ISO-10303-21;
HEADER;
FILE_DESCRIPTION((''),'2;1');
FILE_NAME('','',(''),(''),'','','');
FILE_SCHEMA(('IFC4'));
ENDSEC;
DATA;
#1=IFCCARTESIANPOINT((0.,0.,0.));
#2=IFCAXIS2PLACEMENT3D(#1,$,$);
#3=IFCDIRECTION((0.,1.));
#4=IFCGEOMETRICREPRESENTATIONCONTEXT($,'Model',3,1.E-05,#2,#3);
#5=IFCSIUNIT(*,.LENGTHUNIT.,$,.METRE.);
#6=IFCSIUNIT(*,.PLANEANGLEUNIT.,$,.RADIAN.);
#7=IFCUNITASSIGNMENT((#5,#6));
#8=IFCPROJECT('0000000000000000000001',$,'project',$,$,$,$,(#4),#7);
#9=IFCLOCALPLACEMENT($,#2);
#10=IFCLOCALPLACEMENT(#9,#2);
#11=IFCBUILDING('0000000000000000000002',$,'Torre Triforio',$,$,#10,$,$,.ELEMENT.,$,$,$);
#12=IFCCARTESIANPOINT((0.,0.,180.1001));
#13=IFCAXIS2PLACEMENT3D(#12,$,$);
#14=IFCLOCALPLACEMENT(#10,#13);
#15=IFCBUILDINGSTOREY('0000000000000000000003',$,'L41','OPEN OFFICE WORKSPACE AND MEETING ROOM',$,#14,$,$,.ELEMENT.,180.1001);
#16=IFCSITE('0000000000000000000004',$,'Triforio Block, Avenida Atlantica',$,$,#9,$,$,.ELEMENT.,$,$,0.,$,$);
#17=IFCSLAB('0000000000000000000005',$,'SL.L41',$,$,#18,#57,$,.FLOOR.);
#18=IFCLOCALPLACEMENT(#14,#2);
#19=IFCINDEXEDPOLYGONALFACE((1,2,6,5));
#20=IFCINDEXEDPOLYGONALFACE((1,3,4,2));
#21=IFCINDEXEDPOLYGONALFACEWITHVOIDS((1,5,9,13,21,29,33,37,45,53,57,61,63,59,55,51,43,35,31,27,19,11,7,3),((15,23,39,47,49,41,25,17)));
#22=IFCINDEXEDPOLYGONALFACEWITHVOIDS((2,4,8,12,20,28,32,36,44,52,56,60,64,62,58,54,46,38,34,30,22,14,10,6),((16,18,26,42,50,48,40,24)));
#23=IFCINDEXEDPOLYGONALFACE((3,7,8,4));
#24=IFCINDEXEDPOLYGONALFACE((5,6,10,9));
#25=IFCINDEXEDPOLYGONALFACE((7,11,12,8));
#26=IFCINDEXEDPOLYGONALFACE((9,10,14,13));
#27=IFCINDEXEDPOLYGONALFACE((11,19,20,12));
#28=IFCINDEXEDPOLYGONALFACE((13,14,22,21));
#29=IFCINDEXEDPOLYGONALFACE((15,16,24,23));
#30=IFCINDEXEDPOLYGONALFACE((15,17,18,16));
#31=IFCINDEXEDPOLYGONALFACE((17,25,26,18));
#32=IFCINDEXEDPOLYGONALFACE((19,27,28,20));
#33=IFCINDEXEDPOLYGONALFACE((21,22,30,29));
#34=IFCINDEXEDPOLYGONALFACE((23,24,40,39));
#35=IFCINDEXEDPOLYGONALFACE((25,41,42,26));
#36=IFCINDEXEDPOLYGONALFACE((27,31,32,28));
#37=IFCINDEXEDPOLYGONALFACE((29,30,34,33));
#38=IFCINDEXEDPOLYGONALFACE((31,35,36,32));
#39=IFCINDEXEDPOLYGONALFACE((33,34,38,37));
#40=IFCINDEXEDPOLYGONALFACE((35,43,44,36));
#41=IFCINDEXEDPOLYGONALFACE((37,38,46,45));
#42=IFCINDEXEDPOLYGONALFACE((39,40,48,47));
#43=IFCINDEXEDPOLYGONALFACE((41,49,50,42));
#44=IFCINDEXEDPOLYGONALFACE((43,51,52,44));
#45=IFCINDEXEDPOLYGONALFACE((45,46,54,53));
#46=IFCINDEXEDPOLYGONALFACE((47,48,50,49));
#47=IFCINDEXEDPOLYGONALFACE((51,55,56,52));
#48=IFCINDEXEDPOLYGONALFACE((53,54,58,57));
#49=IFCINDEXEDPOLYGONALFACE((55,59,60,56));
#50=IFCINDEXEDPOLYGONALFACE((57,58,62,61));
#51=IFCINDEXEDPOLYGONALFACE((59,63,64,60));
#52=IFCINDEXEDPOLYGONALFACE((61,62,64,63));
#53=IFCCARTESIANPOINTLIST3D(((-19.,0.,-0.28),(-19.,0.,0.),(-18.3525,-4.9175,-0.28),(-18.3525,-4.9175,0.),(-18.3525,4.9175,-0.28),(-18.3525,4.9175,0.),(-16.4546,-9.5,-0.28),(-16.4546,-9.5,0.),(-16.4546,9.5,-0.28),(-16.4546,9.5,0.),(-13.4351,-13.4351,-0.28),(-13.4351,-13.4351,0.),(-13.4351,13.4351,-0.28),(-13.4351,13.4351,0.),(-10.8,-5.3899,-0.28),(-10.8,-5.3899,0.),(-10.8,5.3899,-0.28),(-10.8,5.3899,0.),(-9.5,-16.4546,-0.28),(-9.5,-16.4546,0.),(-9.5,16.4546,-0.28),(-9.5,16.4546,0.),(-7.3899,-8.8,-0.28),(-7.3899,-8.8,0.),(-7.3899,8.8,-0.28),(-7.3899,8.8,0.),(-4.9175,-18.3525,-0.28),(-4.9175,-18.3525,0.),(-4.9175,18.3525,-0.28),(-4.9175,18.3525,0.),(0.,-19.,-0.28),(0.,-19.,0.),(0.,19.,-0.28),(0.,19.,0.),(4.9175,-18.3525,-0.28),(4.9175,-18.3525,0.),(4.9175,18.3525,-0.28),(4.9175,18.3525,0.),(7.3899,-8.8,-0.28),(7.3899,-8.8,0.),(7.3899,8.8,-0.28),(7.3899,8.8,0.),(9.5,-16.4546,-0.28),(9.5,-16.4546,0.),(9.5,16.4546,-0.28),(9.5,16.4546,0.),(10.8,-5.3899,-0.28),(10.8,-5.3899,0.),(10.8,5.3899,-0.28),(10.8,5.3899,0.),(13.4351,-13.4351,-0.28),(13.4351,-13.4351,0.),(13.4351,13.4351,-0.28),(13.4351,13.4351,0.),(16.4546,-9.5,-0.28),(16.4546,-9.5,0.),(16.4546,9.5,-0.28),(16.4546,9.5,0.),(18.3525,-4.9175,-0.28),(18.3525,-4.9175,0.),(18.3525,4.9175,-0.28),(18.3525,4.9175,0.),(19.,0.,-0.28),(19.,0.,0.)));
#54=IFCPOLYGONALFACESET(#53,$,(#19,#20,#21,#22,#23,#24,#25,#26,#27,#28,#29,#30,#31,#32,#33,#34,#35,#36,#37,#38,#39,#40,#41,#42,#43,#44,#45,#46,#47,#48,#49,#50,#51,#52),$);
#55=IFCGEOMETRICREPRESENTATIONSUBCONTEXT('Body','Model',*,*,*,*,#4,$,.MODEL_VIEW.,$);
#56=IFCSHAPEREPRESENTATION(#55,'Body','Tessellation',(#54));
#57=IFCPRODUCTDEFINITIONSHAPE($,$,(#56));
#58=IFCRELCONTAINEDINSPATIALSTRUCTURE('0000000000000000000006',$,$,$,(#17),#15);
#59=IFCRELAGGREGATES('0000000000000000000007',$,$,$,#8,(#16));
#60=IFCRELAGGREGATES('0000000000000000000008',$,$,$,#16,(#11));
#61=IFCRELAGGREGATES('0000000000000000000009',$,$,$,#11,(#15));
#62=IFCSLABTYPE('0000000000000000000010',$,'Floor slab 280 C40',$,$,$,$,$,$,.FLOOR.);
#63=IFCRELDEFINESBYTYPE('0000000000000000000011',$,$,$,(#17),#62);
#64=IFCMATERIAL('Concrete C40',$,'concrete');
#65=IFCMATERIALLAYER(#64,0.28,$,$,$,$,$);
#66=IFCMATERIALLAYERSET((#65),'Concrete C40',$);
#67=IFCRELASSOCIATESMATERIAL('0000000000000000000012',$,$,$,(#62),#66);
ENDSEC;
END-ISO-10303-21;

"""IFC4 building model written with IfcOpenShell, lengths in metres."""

from ifc_helpers import new_model, si_unit, direction, frame, origin, place, context, subcontext, project, spatial, polyline, outline, extrude, material, layer, layer_set, type_object, element, save


model = new_model("IFC4")

# Units and contexts
model_context = context("Model", 3, precision=1e-05, world=origin(), true_north=direction((0.0, 1.0)))
body_context = subcontext(model_context, "Body", "Model", "MODEL_VIEW")
ifc_project = project(units=[si_unit("LENGTHUNIT", "METRE"), si_unit("PLANEANGLEUNIT", "RADIAN")], contexts=[model_context])

# Site, building, storey
site_placement = place(None, origin())
site = spatial("IfcSite", under=ifc_project, at=site_placement, Name="Triforio Block, Avenida Atlantica", CompositionType="ELEMENT", RefElevation=0.0)
building_placement = place(site_placement, origin())
building = spatial("IfcBuilding", under=site, at=building_placement, Name="Torre Triforio", CompositionType="ELEMENT")
storey_placement = place(building_placement, frame((0.0, 0.0, 180.1001)))
storey = spatial("IfcBuildingStorey", under=building, at=storey_placement, Name="L41", Description="OPEN OFFICE WORKSPACE AND MEETING ROOM", CompositionType="ELEMENT", Elevation=180.1001)

# Slab
ifc_material_1 = material(Name="Concrete C40", Category="concrete")
ifc_layer_1 = layer(ifc_material_1, 0.28)
ifc_layer_set_1 = layer_set([ifc_layer_1], Name="Concrete C40")
slab_type_1 = type_object("IfcSlabType", Name="Floor slab 280 C40", PredefinedType="FLOOR", material=ifc_layer_set_1)
slab_1_placement = place(storey_placement, frame((0.0, 0.0, -0.28)))
element("IfcSlab", 1, at=slab_1_placement, inside=storey, type_object=slab_type_1, Name="SL.L41", PredefinedType="FLOOR", context=body_context, shape_type="SweptSolid", body=[
    extrude(outline(polyline([(16.4546, -9.5), (18.3525, -4.9175), (19.0, 0.0), (18.3525, 4.9175), (16.4546, 9.5), (13.4351, 13.4351), (9.5, 16.4546), (4.9175, 18.3525), (0.0, 19.0), (-4.9175, 18.3525), (-9.5, 16.4546), (-13.4351, 13.4351), (-16.4546, 9.5), (-18.3525, 4.9175), (-19.0, 0.0), (-18.3525, -4.9175), (-16.4546, -9.5), (-13.4351, -13.4351), (-9.5, -16.4546), (-4.9175, -18.3525), (0.0, -19.0), (4.9175, -18.3525), (9.5, -16.4546), (13.4351, -13.4351), (16.4546, -9.5)]), holes=[polyline([(10.8, 5.3899), (10.8, -5.3899), (7.3899, -8.8), (-7.3899, -8.8), (-10.8, -5.3899), (-10.8, 5.3899), (-7.3899, 8.8), (7.3899, 8.8), (10.8, 5.3899)])]), origin(), (0.0, 0.0, 1.0), 0.28),
])

save(model, "model.ifc")
